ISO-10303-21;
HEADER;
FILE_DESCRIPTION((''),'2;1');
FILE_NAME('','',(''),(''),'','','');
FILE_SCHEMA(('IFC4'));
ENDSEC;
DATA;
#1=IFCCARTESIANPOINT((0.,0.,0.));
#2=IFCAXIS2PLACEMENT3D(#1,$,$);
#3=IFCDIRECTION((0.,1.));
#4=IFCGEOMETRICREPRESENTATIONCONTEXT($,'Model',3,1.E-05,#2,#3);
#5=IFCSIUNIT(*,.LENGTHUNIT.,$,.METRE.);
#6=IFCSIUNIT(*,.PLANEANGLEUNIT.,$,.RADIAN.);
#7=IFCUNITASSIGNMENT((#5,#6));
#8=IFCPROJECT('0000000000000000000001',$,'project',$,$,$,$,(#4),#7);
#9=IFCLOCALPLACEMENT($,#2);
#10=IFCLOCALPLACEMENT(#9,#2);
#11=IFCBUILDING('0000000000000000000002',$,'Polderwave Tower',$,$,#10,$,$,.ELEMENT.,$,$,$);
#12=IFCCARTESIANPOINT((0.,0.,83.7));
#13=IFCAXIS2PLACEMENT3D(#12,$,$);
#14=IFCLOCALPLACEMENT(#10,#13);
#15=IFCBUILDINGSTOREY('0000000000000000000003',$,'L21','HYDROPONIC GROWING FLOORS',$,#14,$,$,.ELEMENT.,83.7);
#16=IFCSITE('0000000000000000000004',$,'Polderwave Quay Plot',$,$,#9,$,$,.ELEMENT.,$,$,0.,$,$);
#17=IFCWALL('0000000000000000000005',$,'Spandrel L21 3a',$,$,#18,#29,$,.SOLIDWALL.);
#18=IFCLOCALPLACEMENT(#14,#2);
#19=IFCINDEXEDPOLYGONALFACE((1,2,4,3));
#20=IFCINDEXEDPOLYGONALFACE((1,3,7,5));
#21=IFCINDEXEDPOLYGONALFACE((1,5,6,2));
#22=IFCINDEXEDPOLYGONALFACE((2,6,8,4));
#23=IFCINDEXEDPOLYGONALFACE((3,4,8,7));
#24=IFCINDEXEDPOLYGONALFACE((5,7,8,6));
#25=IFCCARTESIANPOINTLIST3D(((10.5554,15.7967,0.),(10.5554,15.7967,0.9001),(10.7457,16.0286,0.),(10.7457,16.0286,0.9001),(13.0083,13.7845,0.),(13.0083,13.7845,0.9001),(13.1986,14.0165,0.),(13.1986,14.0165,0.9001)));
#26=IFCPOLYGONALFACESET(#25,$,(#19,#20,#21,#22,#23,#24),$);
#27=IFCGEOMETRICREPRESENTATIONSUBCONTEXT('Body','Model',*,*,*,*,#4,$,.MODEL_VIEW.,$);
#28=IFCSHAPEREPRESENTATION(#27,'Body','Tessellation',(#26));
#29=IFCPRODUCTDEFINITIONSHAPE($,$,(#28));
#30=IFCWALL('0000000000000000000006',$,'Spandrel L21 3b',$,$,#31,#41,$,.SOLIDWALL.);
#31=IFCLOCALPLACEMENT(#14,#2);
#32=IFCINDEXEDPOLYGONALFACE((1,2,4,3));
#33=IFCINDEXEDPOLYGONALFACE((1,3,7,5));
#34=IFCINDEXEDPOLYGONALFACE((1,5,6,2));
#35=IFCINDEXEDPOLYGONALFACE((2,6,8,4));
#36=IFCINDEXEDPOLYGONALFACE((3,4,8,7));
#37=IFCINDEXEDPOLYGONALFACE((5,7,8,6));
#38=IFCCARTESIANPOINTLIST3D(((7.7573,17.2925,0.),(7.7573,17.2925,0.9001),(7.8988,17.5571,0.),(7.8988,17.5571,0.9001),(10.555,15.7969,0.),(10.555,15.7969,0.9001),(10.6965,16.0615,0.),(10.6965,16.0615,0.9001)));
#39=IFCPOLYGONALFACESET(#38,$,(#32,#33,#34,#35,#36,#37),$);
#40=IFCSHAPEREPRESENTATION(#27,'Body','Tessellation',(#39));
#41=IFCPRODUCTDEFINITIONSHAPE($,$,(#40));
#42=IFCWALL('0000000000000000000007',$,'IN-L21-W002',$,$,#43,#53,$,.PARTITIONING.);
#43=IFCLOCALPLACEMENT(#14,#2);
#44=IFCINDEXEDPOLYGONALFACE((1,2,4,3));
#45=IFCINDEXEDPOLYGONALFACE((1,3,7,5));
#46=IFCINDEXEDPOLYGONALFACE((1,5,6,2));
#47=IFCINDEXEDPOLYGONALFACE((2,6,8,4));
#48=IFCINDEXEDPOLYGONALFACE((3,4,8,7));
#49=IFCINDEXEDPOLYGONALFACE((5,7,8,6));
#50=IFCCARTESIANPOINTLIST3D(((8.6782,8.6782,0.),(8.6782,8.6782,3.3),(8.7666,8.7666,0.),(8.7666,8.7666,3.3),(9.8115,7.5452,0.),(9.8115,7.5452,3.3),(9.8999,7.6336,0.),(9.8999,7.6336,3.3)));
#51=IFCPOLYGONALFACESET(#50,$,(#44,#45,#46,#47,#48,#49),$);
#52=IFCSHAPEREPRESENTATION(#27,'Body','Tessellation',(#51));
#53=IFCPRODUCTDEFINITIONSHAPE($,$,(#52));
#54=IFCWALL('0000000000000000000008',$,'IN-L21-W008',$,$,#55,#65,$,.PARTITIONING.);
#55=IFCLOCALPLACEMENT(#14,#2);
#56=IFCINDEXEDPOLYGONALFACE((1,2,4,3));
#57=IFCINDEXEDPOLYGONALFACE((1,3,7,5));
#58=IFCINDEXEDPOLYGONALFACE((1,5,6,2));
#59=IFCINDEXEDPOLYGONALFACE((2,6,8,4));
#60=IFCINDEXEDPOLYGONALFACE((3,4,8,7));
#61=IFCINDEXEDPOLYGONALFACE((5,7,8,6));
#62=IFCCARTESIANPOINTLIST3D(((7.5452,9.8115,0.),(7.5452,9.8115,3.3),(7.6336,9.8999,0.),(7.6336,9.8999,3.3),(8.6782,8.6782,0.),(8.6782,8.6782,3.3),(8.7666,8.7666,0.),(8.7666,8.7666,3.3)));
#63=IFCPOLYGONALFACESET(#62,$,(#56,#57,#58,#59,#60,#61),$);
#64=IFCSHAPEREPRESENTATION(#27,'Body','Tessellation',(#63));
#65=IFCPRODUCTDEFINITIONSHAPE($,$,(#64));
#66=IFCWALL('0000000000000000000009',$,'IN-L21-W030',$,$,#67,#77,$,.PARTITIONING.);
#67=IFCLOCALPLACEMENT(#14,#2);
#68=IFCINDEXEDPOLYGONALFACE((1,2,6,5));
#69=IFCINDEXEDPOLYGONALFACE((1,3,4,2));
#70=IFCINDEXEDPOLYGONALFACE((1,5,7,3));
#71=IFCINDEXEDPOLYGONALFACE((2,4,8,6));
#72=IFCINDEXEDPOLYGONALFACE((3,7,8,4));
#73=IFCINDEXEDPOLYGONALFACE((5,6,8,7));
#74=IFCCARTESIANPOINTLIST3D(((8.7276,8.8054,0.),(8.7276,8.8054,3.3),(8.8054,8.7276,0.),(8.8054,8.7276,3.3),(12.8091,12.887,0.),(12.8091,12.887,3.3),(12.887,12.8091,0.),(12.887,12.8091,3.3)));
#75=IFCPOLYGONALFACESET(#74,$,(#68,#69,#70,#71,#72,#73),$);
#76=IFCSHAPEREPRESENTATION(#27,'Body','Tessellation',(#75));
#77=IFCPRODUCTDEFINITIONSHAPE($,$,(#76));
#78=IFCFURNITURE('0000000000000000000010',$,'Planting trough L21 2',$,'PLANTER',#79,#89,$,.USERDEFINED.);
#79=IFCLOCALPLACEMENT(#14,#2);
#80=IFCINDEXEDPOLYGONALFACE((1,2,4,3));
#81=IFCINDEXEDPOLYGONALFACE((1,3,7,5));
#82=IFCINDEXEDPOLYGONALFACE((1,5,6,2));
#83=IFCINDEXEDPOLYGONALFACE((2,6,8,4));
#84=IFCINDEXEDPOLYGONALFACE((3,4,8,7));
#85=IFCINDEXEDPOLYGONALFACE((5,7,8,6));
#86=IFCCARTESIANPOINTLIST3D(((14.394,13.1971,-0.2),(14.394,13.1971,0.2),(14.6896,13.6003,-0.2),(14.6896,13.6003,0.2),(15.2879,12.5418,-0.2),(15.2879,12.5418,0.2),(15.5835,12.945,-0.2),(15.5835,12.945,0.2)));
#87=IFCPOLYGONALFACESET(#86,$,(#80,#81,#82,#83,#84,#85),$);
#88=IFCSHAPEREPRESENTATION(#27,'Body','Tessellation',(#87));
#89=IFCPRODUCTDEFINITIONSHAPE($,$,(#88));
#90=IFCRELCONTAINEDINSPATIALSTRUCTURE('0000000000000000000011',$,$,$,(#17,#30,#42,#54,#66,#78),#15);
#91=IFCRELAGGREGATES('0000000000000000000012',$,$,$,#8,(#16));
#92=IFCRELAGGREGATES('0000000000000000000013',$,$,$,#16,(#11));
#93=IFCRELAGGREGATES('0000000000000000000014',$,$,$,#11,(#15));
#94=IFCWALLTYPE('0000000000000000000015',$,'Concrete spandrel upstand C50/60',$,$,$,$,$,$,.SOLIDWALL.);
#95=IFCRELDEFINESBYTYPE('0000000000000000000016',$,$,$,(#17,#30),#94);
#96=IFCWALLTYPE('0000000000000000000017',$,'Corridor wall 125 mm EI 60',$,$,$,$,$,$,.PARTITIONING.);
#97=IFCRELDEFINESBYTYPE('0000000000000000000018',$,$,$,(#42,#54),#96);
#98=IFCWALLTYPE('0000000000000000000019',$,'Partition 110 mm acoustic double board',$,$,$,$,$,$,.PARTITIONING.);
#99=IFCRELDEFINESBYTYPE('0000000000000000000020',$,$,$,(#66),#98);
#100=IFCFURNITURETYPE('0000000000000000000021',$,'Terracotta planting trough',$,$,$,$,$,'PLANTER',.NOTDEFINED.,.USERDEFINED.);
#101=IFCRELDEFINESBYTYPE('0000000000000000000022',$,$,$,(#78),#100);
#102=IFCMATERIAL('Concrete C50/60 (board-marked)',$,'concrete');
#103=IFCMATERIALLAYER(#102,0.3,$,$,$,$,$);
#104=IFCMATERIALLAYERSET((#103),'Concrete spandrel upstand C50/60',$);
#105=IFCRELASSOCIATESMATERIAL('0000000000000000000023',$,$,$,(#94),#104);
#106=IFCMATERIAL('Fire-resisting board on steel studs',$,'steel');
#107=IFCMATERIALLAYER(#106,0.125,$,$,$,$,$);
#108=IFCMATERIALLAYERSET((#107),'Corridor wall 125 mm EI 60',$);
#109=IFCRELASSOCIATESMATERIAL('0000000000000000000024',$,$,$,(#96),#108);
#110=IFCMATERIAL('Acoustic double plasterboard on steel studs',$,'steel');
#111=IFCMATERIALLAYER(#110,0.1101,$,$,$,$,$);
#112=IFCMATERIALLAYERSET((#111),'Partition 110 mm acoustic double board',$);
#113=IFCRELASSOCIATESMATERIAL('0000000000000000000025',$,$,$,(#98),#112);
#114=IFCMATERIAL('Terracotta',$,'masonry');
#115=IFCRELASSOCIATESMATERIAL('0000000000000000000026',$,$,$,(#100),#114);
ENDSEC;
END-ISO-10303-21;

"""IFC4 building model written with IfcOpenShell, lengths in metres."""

from ifc_helpers import new_model, si_unit, direction, frame, frame_2d, origin, origin_2d, place, context, subcontext, project, spatial, rectangle, extrude, material, layer, layer_set, type_object, element, save


model = new_model("IFC4")

# Units and contexts
model_context = context("Model", 3, precision=1e-05, world=origin(), true_north=direction((0.0, 1.0)))
body_context = subcontext(model_context, "Body", "Model", "MODEL_VIEW")
ifc_project = project(units=[si_unit("LENGTHUNIT", "METRE"), si_unit("PLANEANGLEUNIT", "RADIAN")], contexts=[model_context])

# Site, building, storey
site_placement = place(None, origin())
site = spatial("IfcSite", under=ifc_project, at=site_placement, Name="Polderwave Quay Plot", CompositionType="ELEMENT", RefElevation=0.0)
building_placement = place(site_placement, origin())
building = spatial("IfcBuilding", under=site, at=building_placement, Name="Polderwave Tower", CompositionType="ELEMENT")
storey_placement = place(building_placement, frame((0.0, 0.0, 83.7)))
storey = spatial("IfcBuildingStorey", under=building, at=storey_placement, Name="L21", Description="HYDROPONIC GROWING FLOORS", CompositionType="ELEMENT", Elevation=83.7)

# Walls
ifc_material_1 = material(Name="Concrete C50/60 (board-marked)", Category="concrete")
ifc_layer_1 = layer(ifc_material_1, 0.3)
ifc_layer_set_1 = layer_set([ifc_layer_1], Name="Concrete spandrel upstand C50/60")
wall_type_1 = type_object("IfcWallType", Name="Concrete spandrel upstand C50/60", PredefinedType="SOLIDWALL", material=ifc_layer_set_1)
for number, where, z_axis, x_axis, name in (
    (1, (13.1035, 13.9004, 0.0), (0.0, 0.0, 1.0), (-0.773137, 0.634239, 0.0), "Spandrel L21 3a"),
):
    element("IfcWall", number, at=place(storey_placement, frame(where, z_axis=z_axis, x_axis=x_axis)), inside=storey, type_object=wall_type_1, Name=name, PredefinedType="SOLIDWALL", context=body_context, shape_type="SweptSolid", body=[
        extrude(rectangle(XDim=3.1726, YDim=0.3, at=frame_2d((1.5864, 0.0))), origin(), (0.0, 0.0, 1.0), 0.9001),
    ])
wall_1_placement = place(storey_placement, frame((10.6257, 15.9292, 0.0), z_axis=(0.0, 0.0, 1.0), x_axis=(-0.881888, 0.471459, 0.0)))
element("IfcWall", 2, at=wall_1_placement, inside=storey, type_object=wall_type_1, Name="Spandrel L21 3b", PredefinedType="SOLIDWALL", context=body_context, shape_type="SweptSolid", body=[
    extrude(rectangle(XDim=3.1724, YDim=0.3, at=frame_2d((1.5862, 0.0))), origin(), (0.0, 0.0, 1.0), 0.9001),
])
ifc_material_2 = material(Name="Fire-resisting board on steel studs", Category="steel")
ifc_layer_2 = layer(ifc_material_2, 0.125)
ifc_layer_set_2 = layer_set([ifc_layer_2], Name="Corridor wall 125 mm EI 60")
wall_type_2 = type_object("IfcWallType", Name="Corridor wall 125 mm EI 60", PredefinedType="PARTITIONING", material=ifc_layer_set_2)
for number, where, z_axis, x_axis, name in (
    (3, (8.7224, 8.7224, 0.0), (0.0, 0.0, 1.0), (0.707183, -0.707031, 0.0), "IN-L21-W002"),
    (4, (7.5894, 9.8557, 0.0), (0.0, 0.0, 1.0), (0.707031, -0.707183, 0.0), "IN-L21-W008"),
):
    element("IfcWall", number, at=place(storey_placement, frame(where, z_axis=z_axis, x_axis=x_axis)), inside=storey, type_object=wall_type_2, Name=name, PredefinedType="PARTITIONING", context=body_context, shape_type="SweptSolid", body=[
        extrude(rectangle(XDim=1.6025, YDim=0.125, at=frame_2d((0.8013, 0.0))), origin(), (0.0, 0.0, 1.0), 3.3),
    ])
ifc_material_3 = material(Name="Acoustic double plasterboard on steel studs", Category="steel")
ifc_layer_3 = layer(ifc_material_3, 0.1101)
ifc_layer_set_3 = layer_set([ifc_layer_3], Name="Partition 110 mm acoustic double board")
wall_type_3 = type_object("IfcWallType", Name="Partition 110 mm acoustic double board", PredefinedType="PARTITIONING", material=ifc_layer_set_3)
wall_2_placement = place(storey_placement, frame((12.8481, 12.8481, 0.0), z_axis=(0.0, 0.0, 1.0), x_axis=(-0.707107, -0.707107, 0.0)))
element("IfcWall", 5, at=wall_2_placement, inside=storey, type_object=wall_type_3, Name="IN-L21-W030", PredefinedType="PARTITIONING", context=body_context, shape_type="SweptSolid", body=[
    extrude(rectangle(XDim=5.7722, YDim=0.1101, at=frame_2d((2.8862, 0.0))), origin(), (0.0, 0.0, 1.0), 3.3),
])

# Furniture
ifc_material_4 = material(Name="Terracotta", Category="masonry")
furniture_type = type_object("IfcFurnitureType", Name="Terracotta planting trough", ElementType="PLANTER", AssemblyPlace="NOTDEFINED", PredefinedType="USERDEFINED", material=ifc_material_4)
furniture_placement = place(storey_placement, frame((14.9888, 13.071, -0.2), z_axis=(0.0, 0.0, 1.0), x_axis=(-0.806496, 0.591239, 0.0)))
element("IfcFurniture", 6, at=furniture_placement, inside=storey, type_object=furniture_type, Name="Planting trough L21 2", ObjectType="PLANTER", PredefinedType="USERDEFINED", context=body_context, shape_type="SweptSolid", body=[
    extrude(rectangle(XDim=1.1084, YDim=0.5, at=origin_2d()), origin(), (0.0, 0.0, 1.0), 0.3999),
])

save(model, "model.ifc")
